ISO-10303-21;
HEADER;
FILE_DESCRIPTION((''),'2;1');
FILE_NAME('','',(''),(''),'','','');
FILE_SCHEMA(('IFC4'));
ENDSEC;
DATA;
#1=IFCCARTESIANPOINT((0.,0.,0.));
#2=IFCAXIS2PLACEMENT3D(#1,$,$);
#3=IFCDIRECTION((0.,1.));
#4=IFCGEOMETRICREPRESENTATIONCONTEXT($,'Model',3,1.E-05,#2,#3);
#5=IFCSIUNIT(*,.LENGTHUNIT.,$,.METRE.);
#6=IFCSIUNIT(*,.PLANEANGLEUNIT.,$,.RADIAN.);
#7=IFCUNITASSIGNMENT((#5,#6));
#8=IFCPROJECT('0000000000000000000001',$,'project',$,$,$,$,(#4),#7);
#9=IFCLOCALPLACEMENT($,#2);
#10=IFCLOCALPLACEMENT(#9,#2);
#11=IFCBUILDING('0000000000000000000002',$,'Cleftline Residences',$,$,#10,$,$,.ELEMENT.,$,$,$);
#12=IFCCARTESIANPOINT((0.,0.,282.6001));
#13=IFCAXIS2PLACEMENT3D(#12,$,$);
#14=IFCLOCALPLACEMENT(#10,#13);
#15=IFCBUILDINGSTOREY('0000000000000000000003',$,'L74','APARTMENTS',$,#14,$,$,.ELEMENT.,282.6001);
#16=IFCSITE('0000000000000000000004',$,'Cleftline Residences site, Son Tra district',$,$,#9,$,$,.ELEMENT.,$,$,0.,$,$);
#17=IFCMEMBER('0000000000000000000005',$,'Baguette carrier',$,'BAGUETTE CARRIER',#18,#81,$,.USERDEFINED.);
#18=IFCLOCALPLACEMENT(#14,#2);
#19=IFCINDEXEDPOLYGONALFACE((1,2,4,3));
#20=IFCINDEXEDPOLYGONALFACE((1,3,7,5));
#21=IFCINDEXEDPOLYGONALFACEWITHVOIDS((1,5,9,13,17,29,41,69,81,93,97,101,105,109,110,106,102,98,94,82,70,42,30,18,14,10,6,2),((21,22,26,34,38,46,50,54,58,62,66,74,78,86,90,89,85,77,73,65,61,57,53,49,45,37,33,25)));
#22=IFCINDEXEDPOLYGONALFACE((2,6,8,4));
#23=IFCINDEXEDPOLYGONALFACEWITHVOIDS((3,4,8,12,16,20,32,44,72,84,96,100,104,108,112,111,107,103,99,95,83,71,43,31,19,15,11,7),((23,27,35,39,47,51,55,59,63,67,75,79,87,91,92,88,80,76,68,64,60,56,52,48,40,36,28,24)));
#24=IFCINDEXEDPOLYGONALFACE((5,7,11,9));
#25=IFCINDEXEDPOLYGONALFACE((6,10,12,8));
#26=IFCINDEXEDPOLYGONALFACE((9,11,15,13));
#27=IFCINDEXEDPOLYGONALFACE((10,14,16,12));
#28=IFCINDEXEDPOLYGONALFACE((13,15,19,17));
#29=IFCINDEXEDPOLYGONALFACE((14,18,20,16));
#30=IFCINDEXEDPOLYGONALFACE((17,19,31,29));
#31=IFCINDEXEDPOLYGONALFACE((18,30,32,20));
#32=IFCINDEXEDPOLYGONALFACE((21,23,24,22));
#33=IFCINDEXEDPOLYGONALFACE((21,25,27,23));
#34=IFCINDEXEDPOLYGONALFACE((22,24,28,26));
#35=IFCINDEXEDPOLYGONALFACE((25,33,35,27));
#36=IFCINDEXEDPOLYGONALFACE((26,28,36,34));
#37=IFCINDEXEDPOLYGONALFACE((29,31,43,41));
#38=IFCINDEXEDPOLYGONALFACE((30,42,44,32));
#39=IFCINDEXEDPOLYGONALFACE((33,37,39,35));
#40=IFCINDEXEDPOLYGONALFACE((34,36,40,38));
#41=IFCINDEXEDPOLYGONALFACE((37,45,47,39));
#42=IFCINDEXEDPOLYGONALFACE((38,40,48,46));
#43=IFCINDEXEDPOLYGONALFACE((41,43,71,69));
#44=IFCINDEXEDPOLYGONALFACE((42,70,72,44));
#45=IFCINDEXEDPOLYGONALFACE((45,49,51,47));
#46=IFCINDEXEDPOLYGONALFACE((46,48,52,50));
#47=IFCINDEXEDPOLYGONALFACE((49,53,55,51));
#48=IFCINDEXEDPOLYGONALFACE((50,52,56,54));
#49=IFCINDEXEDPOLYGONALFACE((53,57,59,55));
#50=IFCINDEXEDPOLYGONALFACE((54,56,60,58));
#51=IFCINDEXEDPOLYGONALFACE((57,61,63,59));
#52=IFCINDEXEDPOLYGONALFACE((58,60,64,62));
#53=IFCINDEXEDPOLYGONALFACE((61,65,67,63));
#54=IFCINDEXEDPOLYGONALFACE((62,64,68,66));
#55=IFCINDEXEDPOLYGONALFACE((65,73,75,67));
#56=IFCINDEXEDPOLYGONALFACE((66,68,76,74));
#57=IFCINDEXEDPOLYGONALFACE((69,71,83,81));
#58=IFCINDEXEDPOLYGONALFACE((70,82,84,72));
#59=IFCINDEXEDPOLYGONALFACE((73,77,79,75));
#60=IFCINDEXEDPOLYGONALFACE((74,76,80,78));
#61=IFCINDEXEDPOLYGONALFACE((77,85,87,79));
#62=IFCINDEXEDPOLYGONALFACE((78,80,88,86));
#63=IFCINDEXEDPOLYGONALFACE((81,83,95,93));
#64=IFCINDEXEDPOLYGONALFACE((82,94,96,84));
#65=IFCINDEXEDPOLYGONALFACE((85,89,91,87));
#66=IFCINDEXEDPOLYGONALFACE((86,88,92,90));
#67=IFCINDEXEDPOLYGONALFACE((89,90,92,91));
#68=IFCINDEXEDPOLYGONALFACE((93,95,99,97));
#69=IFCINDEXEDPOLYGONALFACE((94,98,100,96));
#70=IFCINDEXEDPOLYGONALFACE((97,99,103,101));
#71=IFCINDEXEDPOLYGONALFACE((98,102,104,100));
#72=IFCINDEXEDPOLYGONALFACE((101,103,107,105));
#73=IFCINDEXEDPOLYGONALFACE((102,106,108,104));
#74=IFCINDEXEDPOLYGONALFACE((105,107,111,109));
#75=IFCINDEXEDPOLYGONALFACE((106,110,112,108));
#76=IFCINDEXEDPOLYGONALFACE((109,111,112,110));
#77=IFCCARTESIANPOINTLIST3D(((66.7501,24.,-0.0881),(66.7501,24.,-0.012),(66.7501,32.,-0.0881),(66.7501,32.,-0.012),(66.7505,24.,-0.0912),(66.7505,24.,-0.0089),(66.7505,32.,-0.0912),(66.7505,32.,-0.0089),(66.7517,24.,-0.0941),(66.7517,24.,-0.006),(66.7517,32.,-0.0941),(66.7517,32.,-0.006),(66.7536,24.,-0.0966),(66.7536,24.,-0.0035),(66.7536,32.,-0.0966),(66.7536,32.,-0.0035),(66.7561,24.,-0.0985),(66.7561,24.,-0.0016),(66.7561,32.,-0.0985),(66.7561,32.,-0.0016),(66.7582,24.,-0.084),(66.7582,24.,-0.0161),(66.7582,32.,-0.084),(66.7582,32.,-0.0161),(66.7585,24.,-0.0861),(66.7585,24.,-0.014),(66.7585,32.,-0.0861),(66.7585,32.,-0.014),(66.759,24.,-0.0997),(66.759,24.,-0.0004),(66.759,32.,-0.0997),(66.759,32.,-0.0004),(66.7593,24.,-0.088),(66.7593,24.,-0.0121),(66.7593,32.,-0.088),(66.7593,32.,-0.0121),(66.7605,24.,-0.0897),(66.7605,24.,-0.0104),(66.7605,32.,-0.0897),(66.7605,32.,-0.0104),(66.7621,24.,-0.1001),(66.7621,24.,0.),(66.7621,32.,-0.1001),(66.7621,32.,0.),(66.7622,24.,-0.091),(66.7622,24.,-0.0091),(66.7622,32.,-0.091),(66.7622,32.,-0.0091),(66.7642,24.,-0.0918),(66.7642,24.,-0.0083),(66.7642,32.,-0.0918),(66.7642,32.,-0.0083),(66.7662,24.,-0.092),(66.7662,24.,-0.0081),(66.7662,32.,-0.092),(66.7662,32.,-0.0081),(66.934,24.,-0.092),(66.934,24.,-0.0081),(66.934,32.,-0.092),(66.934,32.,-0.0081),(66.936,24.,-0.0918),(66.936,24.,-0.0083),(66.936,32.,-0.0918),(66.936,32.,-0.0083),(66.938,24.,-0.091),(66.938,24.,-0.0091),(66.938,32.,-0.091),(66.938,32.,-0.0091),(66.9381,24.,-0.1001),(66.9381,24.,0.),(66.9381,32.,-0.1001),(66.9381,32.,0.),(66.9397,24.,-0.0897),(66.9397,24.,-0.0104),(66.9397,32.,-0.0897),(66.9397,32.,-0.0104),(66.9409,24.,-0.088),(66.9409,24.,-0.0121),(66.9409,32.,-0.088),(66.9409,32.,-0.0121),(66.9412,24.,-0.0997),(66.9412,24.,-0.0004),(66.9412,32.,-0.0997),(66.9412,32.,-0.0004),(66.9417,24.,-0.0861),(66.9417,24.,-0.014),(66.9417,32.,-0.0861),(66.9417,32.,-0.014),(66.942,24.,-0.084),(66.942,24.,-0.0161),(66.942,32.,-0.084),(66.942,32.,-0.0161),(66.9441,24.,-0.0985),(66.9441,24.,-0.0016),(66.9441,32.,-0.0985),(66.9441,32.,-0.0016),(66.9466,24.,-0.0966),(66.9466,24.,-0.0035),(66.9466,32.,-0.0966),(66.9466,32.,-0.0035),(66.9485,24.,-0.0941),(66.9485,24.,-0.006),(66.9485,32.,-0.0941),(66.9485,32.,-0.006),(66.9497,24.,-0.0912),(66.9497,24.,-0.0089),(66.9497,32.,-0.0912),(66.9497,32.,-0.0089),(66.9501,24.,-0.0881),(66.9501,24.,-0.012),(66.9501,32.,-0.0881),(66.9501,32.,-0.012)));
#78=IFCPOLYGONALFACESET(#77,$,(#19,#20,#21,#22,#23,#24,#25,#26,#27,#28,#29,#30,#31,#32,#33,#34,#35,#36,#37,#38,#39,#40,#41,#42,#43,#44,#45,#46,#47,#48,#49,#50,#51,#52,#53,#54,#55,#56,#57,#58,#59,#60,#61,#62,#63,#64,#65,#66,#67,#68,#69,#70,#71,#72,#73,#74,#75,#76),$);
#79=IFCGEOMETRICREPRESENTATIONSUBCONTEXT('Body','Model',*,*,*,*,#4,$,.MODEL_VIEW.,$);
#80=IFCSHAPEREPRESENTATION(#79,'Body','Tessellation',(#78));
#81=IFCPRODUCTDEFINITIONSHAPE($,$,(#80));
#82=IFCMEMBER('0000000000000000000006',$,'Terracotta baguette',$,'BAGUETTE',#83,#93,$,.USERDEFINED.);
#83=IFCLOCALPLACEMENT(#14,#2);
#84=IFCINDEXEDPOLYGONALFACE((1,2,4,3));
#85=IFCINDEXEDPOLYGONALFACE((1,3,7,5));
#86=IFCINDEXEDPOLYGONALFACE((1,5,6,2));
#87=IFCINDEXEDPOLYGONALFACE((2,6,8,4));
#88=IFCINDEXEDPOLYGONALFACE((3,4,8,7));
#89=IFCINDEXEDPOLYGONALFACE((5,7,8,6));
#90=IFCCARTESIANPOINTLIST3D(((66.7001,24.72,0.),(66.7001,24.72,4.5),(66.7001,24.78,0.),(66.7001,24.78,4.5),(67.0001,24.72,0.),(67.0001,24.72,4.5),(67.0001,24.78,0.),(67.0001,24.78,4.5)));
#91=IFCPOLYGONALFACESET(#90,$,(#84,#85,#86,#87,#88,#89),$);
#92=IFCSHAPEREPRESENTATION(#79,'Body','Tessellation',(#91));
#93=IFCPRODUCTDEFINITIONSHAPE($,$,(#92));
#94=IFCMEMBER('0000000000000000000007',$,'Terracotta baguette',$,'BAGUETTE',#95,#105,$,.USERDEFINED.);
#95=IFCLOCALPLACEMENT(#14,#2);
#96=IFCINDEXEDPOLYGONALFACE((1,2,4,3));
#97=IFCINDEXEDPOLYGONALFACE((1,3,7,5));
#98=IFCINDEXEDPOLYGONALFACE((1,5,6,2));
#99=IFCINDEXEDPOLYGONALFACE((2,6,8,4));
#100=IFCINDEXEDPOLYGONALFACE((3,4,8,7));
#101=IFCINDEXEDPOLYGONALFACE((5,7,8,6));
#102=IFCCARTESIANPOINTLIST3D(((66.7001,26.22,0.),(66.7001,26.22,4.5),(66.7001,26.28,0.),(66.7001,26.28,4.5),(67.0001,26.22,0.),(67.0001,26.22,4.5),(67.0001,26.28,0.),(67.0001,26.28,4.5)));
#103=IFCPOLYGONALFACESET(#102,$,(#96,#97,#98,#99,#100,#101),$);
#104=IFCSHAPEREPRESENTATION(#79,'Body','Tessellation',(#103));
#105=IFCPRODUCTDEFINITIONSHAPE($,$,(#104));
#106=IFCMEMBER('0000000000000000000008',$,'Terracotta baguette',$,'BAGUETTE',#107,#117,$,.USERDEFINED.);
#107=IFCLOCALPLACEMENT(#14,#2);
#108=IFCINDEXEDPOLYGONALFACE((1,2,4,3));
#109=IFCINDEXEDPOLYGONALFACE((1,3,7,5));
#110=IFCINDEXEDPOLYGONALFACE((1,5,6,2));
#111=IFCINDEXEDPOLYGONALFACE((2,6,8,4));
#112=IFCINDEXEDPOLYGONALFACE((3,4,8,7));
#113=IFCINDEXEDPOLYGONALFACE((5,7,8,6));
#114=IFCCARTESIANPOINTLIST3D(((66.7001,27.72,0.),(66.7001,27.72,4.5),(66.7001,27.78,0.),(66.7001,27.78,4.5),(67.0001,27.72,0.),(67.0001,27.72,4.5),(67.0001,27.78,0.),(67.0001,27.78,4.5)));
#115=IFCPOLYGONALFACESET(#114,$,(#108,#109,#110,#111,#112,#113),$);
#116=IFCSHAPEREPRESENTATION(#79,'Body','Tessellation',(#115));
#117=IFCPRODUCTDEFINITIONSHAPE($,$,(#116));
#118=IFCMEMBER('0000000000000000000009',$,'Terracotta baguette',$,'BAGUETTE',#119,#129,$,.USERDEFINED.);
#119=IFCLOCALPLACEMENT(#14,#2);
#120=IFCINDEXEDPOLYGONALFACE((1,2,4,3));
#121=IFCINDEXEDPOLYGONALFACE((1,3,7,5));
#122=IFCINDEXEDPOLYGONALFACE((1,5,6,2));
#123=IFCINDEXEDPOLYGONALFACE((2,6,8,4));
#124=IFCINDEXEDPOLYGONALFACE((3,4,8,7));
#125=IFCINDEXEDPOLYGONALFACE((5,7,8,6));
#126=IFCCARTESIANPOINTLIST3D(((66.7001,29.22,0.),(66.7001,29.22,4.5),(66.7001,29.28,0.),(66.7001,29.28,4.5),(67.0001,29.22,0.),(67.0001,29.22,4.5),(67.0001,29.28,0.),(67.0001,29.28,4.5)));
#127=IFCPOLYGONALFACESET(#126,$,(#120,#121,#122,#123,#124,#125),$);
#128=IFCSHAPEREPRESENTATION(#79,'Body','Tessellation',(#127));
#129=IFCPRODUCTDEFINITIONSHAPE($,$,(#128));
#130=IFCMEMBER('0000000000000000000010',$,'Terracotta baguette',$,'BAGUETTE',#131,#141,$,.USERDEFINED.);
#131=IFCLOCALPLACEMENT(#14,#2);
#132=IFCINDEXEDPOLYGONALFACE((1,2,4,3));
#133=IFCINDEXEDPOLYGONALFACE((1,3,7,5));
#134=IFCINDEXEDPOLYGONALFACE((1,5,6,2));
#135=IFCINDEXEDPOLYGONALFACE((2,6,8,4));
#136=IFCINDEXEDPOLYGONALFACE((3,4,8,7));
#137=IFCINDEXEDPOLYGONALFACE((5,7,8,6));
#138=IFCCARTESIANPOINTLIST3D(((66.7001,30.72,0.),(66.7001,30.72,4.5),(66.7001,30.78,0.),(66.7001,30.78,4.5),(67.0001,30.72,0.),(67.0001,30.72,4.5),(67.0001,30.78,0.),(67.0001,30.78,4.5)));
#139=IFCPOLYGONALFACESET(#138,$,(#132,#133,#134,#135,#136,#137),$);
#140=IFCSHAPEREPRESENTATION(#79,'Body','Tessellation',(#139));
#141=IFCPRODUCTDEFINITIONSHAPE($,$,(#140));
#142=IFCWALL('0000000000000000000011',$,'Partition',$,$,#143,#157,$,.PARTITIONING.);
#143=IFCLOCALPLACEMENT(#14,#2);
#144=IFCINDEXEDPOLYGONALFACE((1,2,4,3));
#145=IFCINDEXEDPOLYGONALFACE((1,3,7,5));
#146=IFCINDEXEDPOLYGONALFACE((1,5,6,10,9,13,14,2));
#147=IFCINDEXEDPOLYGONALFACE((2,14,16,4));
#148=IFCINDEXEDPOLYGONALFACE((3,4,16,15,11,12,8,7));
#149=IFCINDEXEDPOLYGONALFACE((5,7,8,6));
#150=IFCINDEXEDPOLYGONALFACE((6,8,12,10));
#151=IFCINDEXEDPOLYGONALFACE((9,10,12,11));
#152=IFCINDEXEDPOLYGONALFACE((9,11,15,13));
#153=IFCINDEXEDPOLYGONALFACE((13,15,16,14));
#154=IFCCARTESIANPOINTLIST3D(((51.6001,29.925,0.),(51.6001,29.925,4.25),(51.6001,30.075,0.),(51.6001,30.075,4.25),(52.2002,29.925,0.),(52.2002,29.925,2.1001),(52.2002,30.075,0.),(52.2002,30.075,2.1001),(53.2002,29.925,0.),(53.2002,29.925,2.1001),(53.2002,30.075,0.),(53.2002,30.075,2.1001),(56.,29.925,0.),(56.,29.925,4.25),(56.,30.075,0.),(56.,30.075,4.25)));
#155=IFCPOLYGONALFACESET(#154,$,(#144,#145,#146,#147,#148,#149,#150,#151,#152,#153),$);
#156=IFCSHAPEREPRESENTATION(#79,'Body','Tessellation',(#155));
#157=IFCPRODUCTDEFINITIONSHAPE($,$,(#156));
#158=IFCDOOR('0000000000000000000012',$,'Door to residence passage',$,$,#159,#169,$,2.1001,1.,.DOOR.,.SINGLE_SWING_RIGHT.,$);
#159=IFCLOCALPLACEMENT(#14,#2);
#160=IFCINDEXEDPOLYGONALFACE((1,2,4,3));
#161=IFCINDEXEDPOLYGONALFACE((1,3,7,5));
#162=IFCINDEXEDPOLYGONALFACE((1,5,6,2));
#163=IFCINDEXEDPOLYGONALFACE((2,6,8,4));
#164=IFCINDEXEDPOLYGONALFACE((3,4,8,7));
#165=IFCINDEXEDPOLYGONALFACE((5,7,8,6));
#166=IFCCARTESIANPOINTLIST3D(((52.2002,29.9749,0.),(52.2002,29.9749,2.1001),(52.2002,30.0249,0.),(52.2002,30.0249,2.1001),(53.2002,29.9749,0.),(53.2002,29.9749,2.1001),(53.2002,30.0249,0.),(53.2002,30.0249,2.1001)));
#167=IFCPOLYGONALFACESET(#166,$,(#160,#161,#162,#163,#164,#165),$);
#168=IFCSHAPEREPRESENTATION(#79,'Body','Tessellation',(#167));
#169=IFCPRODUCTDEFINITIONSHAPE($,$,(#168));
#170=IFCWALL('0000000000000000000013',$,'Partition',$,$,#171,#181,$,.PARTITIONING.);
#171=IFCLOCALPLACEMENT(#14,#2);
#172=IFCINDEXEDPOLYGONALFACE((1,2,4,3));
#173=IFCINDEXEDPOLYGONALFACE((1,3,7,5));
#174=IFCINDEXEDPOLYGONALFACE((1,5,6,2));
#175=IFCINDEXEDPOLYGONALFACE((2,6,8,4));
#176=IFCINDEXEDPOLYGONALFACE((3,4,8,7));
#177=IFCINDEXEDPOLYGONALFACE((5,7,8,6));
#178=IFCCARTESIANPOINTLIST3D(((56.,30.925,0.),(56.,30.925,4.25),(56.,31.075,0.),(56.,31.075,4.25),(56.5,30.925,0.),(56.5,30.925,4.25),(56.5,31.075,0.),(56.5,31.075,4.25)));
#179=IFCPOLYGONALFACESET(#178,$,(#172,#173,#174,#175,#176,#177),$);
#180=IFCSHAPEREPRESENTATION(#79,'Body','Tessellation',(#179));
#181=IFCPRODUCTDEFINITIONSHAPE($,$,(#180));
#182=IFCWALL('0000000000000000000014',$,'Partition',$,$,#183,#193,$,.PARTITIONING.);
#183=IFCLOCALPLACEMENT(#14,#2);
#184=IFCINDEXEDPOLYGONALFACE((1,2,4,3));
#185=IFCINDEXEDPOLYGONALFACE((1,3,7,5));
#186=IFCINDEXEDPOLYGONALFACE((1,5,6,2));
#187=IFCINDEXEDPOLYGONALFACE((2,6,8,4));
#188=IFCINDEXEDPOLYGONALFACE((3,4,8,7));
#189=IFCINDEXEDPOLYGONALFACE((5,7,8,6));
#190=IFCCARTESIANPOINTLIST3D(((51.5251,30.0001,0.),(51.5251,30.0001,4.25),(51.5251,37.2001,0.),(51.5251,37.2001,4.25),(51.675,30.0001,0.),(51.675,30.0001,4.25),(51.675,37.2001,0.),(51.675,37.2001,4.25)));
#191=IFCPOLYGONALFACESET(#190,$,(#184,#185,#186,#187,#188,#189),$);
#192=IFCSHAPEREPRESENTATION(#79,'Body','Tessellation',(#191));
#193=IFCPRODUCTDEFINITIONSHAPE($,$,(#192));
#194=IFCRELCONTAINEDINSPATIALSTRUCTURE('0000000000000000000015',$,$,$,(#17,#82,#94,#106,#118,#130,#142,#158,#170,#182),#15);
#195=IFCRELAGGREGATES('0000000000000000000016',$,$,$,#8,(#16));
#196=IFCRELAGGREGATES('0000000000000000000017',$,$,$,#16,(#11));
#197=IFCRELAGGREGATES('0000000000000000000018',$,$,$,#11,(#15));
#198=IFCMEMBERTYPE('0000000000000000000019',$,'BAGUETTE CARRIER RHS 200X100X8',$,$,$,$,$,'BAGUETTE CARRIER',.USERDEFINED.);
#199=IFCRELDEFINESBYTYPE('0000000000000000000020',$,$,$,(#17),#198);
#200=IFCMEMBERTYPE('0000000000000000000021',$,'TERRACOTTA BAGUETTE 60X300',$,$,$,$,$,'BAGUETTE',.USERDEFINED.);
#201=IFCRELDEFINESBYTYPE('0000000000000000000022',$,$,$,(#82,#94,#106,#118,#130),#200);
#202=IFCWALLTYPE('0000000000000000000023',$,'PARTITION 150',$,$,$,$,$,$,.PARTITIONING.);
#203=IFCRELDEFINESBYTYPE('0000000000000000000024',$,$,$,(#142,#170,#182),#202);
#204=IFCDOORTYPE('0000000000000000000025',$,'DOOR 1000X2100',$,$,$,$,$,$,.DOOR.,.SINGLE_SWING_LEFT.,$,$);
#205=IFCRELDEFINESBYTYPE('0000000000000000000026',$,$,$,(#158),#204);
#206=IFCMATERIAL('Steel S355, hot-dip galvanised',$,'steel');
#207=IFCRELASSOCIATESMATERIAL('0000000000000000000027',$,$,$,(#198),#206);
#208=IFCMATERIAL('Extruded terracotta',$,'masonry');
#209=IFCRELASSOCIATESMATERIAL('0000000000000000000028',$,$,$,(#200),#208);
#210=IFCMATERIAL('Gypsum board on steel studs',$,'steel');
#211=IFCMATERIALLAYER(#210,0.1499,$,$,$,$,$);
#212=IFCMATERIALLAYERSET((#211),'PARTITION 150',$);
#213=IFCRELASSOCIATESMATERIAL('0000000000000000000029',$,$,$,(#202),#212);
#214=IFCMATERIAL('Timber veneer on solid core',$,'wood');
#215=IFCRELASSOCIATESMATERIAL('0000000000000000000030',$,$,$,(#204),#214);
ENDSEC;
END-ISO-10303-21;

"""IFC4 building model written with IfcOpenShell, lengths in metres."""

from ifc_helpers import new_model, si_unit, direction, frame, frame_2d, origin, origin_2d, place, context, subcontext, project, spatial, rectangle, hollow_rectangle, extrude, material, layer, layer_set, material_profile, profile_set, type_object, element, fill, save


model = new_model("IFC4")

# Units and contexts
model_context = context("Model", 3, precision=1e-05, world=origin(), true_north=direction((0.0, 1.0)))
body_context = subcontext(model_context, "Body", "Model", "MODEL_VIEW")
ifc_project = project(units=[si_unit("LENGTHUNIT", "METRE"), si_unit("PLANEANGLEUNIT", "RADIAN")], contexts=[model_context])

# Site, building, storey
site_placement = place(None, origin())
site = spatial("IfcSite", under=ifc_project, at=site_placement, Name="Cleftline Residences site, Son Tra district", CompositionType="ELEMENT", RefElevation=0.0)
building_placement = place(site_placement, origin())
building = spatial("IfcBuilding", under=site, at=building_placement, Name="Cleftline Residences", CompositionType="ELEMENT")
storey_placement = place(building_placement, frame((0.0, 0.0, 282.6001)))
storey = spatial("IfcBuildingStorey", under=building, at=storey_placement, Name="L74", Description="APARTMENTS", CompositionType="ELEMENT", Elevation=282.6001)

# Members
ifc_material_1 = material(Name="Steel S355, hot-dip galvanised", Category="steel")
ifc_material_profile_1 = material_profile(ifc_material_1, hollow_rectangle(XDim=0.1001, YDim=0.2, WallThickness=0.0081, InnerFilletRadius=0.0081, OuterFilletRadius=0.012, at=origin_2d()))
ifc_profile_set_1 = profile_set([ifc_material_profile_1], Name="Steel S355, hot-dip galvanised")
member_type_1 = type_object("IfcMemberType", Name="BAGUETTE CARRIER RHS 200X100X8", ElementType="BAGUETTE CARRIER", PredefinedType="USERDEFINED", material=ifc_profile_set_1)
member_placement = place(storey_placement, frame((66.8501, 24.0, -0.05), z_axis=(0.0, 1.0, 0.0), x_axis=(0.0, 0.0, 1.0)))
element("IfcMember", 1, at=member_placement, inside=storey, type_object=member_type_1, Name="Baguette carrier", ObjectType="BAGUETTE CARRIER", PredefinedType="USERDEFINED", context=body_context, shape_type="SweptSolid", body=[
    extrude(hollow_rectangle(XDim=0.1001, YDim=0.2, WallThickness=0.0081, InnerFilletRadius=0.0081, OuterFilletRadius=0.012, at=origin_2d()), origin(), (0.0, 0.0, 1.0), 8.0),
])
ifc_material_2 = material(Name="Extruded terracotta", Category="masonry")
ifc_material_profile_2 = material_profile(ifc_material_2, rectangle(XDim=0.0601, YDim=0.3, at=origin_2d()))
ifc_profile_set_2 = profile_set([ifc_material_profile_2], Name="Extruded terracotta")
member_type_2 = type_object("IfcMemberType", Name="TERRACOTTA BAGUETTE 60X300", ElementType="BAGUETTE", PredefinedType="USERDEFINED", material=ifc_profile_set_2)
for number, where, z_axis, x_axis, name in (
    (2, (66.8501, 24.75, 0.0), (0.0, 0.0, 1.0), (0.0, 1.0, 0.0), "Terracotta baguette"),
    (3, (66.8501, 26.25, 0.0), (0.0, 0.0, 1.0), (0.0, 1.0, 0.0), "Terracotta baguette"),
    (4, (66.8501, 27.75, 0.0), (0.0, 0.0, 1.0), (0.0, 1.0, 0.0), "Terracotta baguette"),
    (5, (66.8501, 29.25, 0.0), (0.0, 0.0, 1.0), (0.0, 1.0, 0.0), "Terracotta baguette"),
    (6, (66.8501, 30.75, 0.0), (0.0, 0.0, 1.0), (0.0, 1.0, 0.0), "Terracotta baguette"),
):
    element("IfcMember", number, at=place(storey_placement, frame(where, z_axis=z_axis, x_axis=x_axis)), inside=storey, type_object=member_type_2, Name=name, ObjectType="BAGUETTE", PredefinedType="USERDEFINED", context=body_context, shape_type="SweptSolid", body=[
        extrude(rectangle(XDim=0.0601, YDim=0.3, at=origin_2d()), origin(), (0.0, 0.0, 1.0), 4.5),
    ])

# Wall, opening, door
ifc_material_3 = material(Name="Gypsum board on steel studs", Category="steel")
ifc_layer_1 = layer(ifc_material_3, 0.1499)
ifc_layer_set_1 = layer_set([ifc_layer_1], Name="PARTITION 150")
wall_type_1 = type_object("IfcWallType", Name="PARTITION 150", PredefinedType="PARTITIONING", material=ifc_layer_set_1)
wall_1_placement = place(storey_placement, frame((51.6001, 30.0, 0.0), z_axis=(0.0, 0.0, 1.0), x_axis=(1.0, 0.0, 0.0)))
wall_1 = element("IfcWall", 7, at=wall_1_placement, inside=storey, type_object=wall_type_1, Name="Partition", PredefinedType="PARTITIONING", context=body_context, shape_type="SweptSolid", body=[
    extrude(rectangle(XDim=4.3999, YDim=0.1499, at=frame_2d((2.2, 0.0))), origin(), (0.0, 0.0, 1.0), 4.25),
])
opening_1_placement = place(wall_1_placement, frame((0.6001, 0.0, 0.0)))
opening_1 = element("IfcOpeningElement", 8, at=opening_1_placement, cuts=wall_1, PredefinedType="OPENING", context=body_context, shape_type="SweptSolid", body=[
    extrude(rectangle(XDim=1.0, YDim=2.1001, at=frame_2d((0.5, 1.05))), frame((0.0, 0.085, 0.0), z_axis=(0.0, -1.0, 0.0), x_axis=(1.0, 0.0, 0.0)), (0.0, 0.0, 1.0), 0.1699),
])
ifc_material_4 = material(Name="Timber veneer on solid core", Category="wood")
door_type_1 = type_object("IfcDoorType", Name="DOOR 1000X2100", OperationType="SINGLE_SWING_LEFT", PredefinedType="DOOR", material=ifc_material_4)
door_1_placement = place(opening_1_placement, origin())
door_1 = element("IfcDoor", 9, at=door_1_placement, inside=storey, type_object=door_type_1, Name="Door to residence passage", OperationType="SINGLE_SWING_RIGHT", OverallHeight=2.1001, OverallWidth=1.0, PredefinedType="DOOR", context=body_context, shape_type="SweptSolid", body=[
    extrude(rectangle(XDim=1.0, YDim=2.1001, at=frame_2d((0.5, 1.05))), frame((0.0, 0.0249, 0.0), z_axis=(0.0, -1.0, 0.0), x_axis=(1.0, 0.0, 0.0)), (0.0, 0.0, 1.0), 0.05),
])
fill(opening_1, door_1)

# Walls
wall_2_placement = place(storey_placement, frame((56.0, 31.0, 0.0), z_axis=(0.0, 0.0, 1.0), x_axis=(1.0, 0.0, 0.0)))
element("IfcWall", 10, at=wall_2_placement, inside=storey, type_object=wall_type_1, Name="Partition", PredefinedType="PARTITIONING", context=body_context, shape_type="SweptSolid", body=[
    extrude(rectangle(XDim=0.5, YDim=0.1499, at=frame_2d((0.25, 0.0))), origin(), (0.0, 0.0, 1.0), 4.25),
])
for number, where, z_axis, x_axis, name in (
    (11, (51.6001, 30.0, 0.0), (0.0, 0.0, 1.0), (0.0, 1.0, 0.0), "Partition"),
):
    element("IfcWall", number, at=place(storey_placement, frame(where, z_axis=z_axis, x_axis=x_axis)), inside=storey, type_object=wall_type_1, Name=name, PredefinedType="PARTITIONING", context=body_context, shape_type="SweptSolid", body=[
        extrude(rectangle(XDim=7.2, YDim=0.1499, at=frame_2d((3.6001, 0.0))), origin(), (0.0, 0.0, 1.0), 4.25),
    ])

save(model, "model.ifc")
